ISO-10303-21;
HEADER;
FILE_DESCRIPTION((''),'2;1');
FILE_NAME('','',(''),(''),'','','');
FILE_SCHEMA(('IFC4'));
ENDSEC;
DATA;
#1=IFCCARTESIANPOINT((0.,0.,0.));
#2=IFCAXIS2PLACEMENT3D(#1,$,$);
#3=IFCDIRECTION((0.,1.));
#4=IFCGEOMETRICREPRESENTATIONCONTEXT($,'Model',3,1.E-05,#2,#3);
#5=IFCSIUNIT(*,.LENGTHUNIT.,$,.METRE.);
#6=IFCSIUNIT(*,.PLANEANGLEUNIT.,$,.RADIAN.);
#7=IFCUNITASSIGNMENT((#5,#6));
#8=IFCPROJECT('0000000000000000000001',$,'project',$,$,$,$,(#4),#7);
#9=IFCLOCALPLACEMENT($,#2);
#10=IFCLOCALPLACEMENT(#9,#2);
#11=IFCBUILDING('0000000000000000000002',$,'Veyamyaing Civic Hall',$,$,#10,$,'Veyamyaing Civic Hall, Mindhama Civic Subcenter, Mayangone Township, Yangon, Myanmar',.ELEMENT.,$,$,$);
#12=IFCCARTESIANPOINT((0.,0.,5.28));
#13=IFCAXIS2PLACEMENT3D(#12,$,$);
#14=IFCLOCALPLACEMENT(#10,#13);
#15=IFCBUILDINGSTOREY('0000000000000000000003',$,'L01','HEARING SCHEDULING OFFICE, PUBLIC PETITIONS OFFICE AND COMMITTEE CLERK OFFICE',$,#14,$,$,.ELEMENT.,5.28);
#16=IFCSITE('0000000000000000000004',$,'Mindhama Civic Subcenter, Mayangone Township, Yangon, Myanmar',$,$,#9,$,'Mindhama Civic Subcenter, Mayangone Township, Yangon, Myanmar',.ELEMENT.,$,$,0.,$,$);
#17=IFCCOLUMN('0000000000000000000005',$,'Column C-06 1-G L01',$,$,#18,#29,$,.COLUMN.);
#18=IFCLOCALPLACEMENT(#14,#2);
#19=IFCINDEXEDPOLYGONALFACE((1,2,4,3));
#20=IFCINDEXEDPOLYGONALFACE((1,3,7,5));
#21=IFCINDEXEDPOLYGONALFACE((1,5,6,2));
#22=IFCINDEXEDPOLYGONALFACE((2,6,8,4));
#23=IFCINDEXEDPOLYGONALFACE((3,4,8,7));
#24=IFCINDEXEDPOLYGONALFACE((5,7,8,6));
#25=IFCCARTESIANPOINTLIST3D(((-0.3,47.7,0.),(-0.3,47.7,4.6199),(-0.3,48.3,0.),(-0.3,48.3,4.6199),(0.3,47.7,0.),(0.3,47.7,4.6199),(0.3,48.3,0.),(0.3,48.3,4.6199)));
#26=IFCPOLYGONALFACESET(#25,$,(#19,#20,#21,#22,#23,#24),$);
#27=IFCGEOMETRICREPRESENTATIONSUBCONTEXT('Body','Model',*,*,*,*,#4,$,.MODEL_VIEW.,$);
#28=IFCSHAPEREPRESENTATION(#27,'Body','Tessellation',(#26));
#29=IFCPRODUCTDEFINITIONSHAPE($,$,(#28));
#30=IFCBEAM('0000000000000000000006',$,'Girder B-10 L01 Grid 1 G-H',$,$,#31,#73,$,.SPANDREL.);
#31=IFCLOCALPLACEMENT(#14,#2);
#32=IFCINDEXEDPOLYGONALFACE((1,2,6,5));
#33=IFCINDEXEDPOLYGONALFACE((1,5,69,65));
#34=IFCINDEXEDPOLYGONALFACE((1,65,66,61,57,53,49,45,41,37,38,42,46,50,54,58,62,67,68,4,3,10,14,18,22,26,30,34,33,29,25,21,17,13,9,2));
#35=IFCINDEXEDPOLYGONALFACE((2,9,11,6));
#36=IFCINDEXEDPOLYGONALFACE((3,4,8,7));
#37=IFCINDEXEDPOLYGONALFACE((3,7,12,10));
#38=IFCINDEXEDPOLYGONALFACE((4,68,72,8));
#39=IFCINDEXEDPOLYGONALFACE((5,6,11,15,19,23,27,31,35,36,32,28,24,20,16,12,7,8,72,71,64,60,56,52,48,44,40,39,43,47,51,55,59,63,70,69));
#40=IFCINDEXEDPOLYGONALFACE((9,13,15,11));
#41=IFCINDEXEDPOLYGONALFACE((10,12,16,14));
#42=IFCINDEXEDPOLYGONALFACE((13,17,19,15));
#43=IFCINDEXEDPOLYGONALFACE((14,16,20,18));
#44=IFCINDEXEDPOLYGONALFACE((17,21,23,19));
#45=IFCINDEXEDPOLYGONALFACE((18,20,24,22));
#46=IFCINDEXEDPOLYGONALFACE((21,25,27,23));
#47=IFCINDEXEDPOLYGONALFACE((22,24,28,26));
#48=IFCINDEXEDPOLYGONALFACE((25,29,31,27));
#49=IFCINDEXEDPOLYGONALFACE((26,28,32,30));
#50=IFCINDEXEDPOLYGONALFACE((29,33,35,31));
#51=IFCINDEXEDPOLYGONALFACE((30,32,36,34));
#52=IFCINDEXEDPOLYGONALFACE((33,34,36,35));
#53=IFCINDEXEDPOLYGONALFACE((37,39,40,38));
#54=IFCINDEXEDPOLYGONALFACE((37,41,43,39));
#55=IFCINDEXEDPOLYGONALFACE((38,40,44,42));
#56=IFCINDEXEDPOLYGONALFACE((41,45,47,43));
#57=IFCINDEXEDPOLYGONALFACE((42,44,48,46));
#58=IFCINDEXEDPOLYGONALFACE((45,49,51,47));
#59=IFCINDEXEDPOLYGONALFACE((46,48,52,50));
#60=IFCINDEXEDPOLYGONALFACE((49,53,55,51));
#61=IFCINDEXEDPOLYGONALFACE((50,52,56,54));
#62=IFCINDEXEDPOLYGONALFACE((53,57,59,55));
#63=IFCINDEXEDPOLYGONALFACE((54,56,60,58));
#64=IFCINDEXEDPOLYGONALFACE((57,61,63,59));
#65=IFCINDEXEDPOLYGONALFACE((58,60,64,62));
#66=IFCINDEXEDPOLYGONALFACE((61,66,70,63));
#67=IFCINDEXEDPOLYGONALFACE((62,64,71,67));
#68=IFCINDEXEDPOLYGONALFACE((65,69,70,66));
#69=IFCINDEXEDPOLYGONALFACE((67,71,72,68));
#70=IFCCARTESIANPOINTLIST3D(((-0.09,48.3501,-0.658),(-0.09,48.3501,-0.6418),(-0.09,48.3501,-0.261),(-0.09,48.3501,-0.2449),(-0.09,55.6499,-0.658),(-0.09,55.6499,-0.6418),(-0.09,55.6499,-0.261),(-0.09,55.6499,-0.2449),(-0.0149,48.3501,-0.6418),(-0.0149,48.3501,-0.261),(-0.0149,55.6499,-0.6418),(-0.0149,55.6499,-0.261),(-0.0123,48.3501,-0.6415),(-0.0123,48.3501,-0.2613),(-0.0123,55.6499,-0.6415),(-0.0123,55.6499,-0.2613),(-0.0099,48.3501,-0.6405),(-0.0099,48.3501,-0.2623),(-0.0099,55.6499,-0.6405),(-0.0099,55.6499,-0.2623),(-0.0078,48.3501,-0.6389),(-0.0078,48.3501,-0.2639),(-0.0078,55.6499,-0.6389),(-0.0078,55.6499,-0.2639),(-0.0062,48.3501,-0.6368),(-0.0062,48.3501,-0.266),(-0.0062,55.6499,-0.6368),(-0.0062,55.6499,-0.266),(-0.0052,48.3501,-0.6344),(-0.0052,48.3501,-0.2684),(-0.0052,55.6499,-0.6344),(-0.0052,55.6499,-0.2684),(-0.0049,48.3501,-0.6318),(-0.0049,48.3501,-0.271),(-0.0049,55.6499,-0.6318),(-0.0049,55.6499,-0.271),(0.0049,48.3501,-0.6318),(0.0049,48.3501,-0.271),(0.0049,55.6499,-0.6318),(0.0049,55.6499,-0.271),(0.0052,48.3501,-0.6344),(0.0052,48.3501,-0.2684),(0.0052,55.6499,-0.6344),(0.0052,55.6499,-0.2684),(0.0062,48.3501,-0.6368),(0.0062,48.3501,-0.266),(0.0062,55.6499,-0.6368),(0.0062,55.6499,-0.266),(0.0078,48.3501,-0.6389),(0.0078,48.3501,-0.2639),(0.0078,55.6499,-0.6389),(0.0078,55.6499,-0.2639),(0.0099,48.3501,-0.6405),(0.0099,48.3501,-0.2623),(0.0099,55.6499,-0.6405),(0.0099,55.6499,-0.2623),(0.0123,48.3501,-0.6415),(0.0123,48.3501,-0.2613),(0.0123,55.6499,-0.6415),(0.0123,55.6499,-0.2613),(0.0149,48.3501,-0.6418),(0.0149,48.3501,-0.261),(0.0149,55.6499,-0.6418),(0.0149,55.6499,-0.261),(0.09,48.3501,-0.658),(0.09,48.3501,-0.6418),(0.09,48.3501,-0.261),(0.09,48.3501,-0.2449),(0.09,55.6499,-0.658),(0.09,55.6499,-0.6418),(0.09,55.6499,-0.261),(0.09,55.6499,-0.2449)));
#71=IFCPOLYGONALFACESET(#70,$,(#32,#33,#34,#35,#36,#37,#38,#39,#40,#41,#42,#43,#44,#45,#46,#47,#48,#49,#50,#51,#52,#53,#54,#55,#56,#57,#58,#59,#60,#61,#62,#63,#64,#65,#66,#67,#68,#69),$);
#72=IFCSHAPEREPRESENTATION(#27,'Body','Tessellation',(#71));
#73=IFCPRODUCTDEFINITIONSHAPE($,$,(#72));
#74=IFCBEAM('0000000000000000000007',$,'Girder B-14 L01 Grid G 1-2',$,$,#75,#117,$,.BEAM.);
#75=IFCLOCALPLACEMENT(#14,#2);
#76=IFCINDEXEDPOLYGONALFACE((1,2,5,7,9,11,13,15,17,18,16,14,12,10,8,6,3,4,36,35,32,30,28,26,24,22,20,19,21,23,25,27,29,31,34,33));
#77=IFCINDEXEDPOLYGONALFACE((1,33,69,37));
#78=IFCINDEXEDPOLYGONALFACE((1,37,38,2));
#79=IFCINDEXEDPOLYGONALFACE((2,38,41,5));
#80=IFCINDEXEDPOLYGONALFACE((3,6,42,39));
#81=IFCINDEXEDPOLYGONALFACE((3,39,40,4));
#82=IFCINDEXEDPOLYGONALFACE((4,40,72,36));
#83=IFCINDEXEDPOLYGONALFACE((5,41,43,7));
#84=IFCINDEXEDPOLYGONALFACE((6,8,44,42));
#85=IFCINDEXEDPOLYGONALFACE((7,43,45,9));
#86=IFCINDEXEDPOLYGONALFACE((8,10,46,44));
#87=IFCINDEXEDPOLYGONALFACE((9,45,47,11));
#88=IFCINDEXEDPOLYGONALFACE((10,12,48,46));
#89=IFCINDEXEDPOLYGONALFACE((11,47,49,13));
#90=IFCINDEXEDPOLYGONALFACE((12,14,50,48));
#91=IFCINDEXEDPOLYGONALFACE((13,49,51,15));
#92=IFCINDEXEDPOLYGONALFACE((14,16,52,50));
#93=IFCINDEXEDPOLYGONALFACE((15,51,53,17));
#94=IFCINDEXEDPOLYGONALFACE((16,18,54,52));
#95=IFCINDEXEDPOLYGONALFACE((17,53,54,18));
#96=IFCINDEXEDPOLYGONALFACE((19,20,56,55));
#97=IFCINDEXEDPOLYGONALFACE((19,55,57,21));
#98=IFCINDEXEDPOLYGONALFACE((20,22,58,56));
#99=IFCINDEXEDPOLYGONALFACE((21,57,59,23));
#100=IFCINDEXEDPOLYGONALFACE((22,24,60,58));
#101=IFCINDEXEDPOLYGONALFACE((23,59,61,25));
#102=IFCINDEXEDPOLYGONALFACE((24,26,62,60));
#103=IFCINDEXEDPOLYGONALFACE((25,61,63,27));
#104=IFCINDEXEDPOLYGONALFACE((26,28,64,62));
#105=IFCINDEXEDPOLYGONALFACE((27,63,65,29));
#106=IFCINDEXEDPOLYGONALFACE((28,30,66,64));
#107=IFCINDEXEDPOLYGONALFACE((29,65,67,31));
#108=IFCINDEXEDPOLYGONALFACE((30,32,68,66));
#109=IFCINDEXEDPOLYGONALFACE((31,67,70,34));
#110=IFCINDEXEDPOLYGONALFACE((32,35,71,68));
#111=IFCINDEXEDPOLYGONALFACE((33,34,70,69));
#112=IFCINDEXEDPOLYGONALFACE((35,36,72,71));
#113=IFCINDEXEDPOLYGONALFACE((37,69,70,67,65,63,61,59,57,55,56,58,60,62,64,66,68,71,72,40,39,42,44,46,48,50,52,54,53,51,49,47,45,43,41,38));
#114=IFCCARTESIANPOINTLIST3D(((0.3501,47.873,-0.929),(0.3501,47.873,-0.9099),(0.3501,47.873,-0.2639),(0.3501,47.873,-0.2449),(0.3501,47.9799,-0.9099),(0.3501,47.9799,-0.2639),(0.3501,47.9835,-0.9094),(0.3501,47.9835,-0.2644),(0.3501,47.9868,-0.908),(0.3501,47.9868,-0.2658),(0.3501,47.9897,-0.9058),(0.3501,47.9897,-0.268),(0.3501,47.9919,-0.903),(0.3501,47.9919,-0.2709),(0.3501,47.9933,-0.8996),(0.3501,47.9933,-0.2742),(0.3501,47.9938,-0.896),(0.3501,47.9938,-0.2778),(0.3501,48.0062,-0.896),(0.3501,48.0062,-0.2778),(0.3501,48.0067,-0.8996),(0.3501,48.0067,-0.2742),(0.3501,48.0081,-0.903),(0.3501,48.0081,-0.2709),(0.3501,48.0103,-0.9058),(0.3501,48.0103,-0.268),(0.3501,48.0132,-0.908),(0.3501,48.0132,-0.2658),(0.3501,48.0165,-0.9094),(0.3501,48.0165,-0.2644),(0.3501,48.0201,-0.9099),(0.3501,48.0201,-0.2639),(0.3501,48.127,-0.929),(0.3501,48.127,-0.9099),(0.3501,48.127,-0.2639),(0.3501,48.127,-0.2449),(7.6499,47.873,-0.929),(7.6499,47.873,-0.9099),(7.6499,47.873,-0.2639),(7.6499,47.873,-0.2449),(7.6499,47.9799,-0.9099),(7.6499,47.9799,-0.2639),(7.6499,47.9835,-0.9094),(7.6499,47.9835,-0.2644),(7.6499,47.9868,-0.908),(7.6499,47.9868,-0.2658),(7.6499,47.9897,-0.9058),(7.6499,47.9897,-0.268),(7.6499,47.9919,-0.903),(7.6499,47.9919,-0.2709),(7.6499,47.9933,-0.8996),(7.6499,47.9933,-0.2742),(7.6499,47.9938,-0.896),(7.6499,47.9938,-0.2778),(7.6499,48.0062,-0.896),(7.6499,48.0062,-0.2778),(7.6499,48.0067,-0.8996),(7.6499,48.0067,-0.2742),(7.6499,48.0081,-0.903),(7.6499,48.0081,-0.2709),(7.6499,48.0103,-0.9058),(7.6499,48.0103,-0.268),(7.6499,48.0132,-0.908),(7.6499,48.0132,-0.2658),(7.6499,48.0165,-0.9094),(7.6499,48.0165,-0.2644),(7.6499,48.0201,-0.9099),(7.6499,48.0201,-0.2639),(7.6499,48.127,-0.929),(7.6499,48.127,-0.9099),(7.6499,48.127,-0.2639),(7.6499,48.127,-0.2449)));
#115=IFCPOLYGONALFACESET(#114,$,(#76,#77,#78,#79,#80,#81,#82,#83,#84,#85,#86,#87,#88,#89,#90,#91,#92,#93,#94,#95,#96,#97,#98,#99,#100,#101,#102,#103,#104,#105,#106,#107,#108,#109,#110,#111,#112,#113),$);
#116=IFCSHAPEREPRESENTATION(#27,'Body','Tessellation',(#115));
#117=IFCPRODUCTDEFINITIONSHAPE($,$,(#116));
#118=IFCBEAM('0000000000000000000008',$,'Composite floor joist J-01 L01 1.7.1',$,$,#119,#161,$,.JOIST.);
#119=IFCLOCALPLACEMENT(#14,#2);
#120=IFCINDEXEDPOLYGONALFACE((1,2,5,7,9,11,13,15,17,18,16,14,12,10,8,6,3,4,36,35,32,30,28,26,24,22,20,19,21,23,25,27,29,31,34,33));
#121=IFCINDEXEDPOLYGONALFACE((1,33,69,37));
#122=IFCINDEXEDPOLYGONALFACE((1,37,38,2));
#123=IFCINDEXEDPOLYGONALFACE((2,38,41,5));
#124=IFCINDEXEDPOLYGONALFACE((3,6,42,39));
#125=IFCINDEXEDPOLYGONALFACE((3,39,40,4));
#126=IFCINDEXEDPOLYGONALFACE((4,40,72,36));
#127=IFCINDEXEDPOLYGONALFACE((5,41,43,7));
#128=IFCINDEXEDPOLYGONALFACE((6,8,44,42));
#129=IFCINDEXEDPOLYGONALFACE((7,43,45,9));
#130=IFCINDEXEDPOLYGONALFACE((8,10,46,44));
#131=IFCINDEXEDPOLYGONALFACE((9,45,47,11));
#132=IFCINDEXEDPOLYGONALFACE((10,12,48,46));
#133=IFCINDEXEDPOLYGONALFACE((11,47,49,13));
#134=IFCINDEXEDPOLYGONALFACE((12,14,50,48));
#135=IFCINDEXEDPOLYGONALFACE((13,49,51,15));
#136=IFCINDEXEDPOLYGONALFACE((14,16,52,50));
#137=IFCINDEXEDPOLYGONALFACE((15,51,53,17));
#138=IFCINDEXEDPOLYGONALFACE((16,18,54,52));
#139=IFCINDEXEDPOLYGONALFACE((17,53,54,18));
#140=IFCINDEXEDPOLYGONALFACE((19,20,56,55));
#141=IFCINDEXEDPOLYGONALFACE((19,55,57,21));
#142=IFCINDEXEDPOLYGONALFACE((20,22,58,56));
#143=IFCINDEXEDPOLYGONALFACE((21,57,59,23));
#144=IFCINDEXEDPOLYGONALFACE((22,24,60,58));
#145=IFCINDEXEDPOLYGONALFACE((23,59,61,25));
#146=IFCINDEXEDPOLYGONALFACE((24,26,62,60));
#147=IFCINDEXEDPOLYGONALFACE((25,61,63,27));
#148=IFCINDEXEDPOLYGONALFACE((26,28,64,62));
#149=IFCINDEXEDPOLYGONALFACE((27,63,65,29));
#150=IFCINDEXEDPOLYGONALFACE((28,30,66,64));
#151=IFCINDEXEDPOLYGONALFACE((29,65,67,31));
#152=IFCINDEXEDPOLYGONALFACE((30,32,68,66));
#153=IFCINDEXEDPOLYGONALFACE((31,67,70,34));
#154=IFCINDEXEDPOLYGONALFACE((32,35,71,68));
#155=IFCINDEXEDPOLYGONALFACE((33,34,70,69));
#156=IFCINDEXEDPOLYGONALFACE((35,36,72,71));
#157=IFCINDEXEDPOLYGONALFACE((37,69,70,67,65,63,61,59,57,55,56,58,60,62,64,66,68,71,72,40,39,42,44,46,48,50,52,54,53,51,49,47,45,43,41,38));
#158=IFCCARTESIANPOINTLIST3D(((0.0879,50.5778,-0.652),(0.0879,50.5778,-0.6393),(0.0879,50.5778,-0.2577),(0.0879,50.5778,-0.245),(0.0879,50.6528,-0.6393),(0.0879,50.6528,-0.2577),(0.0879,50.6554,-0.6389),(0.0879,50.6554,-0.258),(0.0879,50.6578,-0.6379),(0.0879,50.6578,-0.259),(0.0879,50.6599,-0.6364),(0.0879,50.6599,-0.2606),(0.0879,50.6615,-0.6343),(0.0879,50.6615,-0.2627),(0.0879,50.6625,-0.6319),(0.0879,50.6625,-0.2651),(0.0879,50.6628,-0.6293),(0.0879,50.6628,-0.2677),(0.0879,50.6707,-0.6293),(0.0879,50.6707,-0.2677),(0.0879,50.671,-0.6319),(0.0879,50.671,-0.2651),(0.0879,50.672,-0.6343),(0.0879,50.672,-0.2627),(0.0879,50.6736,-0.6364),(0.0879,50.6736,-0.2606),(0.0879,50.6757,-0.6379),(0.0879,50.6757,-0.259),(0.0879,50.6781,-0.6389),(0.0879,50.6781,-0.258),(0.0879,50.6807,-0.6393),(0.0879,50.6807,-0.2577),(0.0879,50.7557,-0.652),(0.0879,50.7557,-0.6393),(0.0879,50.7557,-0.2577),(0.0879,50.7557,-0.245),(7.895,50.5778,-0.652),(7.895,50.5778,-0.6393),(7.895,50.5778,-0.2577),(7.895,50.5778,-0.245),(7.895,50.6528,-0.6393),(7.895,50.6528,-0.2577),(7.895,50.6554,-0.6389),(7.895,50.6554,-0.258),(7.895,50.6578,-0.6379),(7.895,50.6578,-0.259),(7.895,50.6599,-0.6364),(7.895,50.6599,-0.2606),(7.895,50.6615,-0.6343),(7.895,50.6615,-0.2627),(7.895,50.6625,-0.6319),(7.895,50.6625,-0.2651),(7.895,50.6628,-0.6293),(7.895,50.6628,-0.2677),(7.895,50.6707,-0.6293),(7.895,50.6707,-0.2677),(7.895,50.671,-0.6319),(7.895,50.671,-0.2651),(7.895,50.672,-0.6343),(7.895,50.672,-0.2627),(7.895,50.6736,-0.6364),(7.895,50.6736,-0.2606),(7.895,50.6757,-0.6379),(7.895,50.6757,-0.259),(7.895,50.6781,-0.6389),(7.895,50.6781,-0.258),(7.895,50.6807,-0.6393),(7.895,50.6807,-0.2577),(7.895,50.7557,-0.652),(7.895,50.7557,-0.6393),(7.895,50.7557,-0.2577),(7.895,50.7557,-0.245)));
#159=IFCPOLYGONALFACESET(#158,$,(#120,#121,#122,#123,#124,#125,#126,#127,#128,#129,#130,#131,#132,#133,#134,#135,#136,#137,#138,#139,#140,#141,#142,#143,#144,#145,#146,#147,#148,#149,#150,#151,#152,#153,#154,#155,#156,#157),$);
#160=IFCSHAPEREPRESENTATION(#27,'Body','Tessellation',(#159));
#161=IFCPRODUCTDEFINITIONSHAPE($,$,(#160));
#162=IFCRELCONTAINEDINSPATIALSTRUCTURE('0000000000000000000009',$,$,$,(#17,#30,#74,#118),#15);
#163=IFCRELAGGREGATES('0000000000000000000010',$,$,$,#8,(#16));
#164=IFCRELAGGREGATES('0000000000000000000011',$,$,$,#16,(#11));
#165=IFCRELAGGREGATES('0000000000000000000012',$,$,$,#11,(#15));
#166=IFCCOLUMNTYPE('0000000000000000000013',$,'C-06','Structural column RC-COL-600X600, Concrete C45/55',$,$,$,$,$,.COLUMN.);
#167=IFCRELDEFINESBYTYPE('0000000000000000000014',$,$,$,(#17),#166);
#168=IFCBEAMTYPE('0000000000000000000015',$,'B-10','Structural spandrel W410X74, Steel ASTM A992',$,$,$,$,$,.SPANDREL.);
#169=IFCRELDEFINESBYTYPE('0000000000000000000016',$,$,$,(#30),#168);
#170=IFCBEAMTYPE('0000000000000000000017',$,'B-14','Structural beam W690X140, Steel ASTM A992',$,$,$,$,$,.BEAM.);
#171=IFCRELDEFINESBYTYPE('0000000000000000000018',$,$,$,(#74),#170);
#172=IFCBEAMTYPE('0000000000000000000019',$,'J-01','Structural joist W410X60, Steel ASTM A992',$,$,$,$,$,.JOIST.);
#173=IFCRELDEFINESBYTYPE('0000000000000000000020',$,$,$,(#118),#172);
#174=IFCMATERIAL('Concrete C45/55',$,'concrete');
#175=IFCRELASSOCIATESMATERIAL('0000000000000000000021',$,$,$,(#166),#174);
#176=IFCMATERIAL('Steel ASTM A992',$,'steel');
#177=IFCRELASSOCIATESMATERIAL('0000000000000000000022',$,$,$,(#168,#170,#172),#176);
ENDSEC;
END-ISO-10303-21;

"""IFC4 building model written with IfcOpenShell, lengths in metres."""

from ifc_helpers import new_model, si_unit, direction, frame, origin, origin_2d, place, context, subcontext, project, spatial, rectangle, i_section, extrude, material, material_profile, profile_set, type_object, element, save


model = new_model("IFC4")

# Units and contexts
model_context = context("Model", 3, precision=1e-05, world=origin(), true_north=direction((0.0, 1.0)))
body_context = subcontext(model_context, "Body", "Model", "MODEL_VIEW")
ifc_project = project(units=[si_unit("LENGTHUNIT", "METRE"), si_unit("PLANEANGLEUNIT", "RADIAN")], contexts=[model_context])

# Site, building, storey
site_placement = place(None, origin())
site = spatial("IfcSite", under=ifc_project, at=site_placement, Name="Mindhama Civic Subcenter, Mayangone Township, Yangon, Myanmar", LongName="Mindhama Civic Subcenter, Mayangone Township, Yangon, Myanmar", CompositionType="ELEMENT", RefElevation=0.0)
building_placement = place(site_placement, origin())
building = spatial("IfcBuilding", under=site, at=building_placement, Name="Veyamyaing Civic Hall", LongName="Veyamyaing Civic Hall, Mindhama Civic Subcenter, Mayangone Township, Yangon, Myanmar", CompositionType="ELEMENT")
storey_placement = place(building_placement, frame((0.0, 0.0, 5.28)))
storey = spatial("IfcBuildingStorey", under=building, at=storey_placement, Name="L01", Description="HEARING SCHEDULING OFFICE, PUBLIC PETITIONS OFFICE AND COMMITTEE CLERK OFFICE", CompositionType="ELEMENT", Elevation=5.28)

# Column
ifc_material_1 = material(Name="Concrete C45/55", Category="concrete")
ifc_material_profile_1 = material_profile(ifc_material_1, rectangle(XDim=0.6001, YDim=0.6001, at=origin_2d()), Name="RC-COL-600X600")
ifc_profile_set_1 = profile_set([ifc_material_profile_1], Name="Concrete C45/55")
column_type = type_object("IfcColumnType", Name="C-06", Description="Structural column RC-COL-600X600, Concrete C45/55", PredefinedType="COLUMN", material=ifc_profile_set_1)
column_placement = place(storey_placement, frame((0.0, 48.0, 0.0), z_axis=(0.0, 0.0, 1.0), x_axis=(1.0, 0.0, 0.0)))
element("IfcColumn", 1, at=column_placement, inside=storey, type_object=column_type, Name="Column C-06 1-G L01", PredefinedType="COLUMN", context=body_context, shape_type="SweptSolid", body=[
    extrude(rectangle(XDim=0.6001, YDim=0.6001, at=origin_2d()), origin(), (0.0, 0.0, 1.0), 4.6199),
])

# Beams
ifc_material_2 = material(Name="Steel ASTM A992", Category="steel")
ifc_material_profile_2 = material_profile(ifc_material_2, i_section(OverallWidth=0.1799, OverallDepth=0.4131, WebThickness=0.0098, FlangeThickness=0.0161, FilletRadius=0.01, at=origin_2d()), Name="W410X74")
ifc_profile_set_2 = profile_set([ifc_material_profile_2], Name="Steel ASTM A992")
beam_type_1 = type_object("IfcBeamType", Name="B-10", Description="Structural spandrel W410X74, Steel ASTM A992", PredefinedType="SPANDREL", material=ifc_profile_set_2)
beam_1_placement = place(storey_placement, frame((0.0, 48.3501, -0.4514), z_axis=(0.0, 1.0, 0.0), x_axis=(-1.0, 0.0, 0.0)))
element("IfcBeam", 2, at=beam_1_placement, inside=storey, type_object=beam_type_1, Name="Girder B-10 L01 Grid 1 G-H", PredefinedType="SPANDREL", context=body_context, shape_type="SweptSolid", body=[
    extrude(i_section(OverallWidth=0.1799, OverallDepth=0.4131, WebThickness=0.0098, FlangeThickness=0.0161, FilletRadius=0.01, at=origin_2d()), origin(), (0.0, 0.0, 1.0), 7.2998),
])
ifc_material_profile_3 = material_profile(ifc_material_2, i_section(OverallWidth=0.2539, OverallDepth=0.6841, WebThickness=0.0125, FlangeThickness=0.019, FilletRadius=0.0139, at=origin_2d()), Name="W690X140")
ifc_profile_set_3 = profile_set([ifc_material_profile_3], Name="Steel ASTM A992")
beam_type_2 = type_object("IfcBeamType", Name="B-14", Description="Structural beam W690X140, Steel ASTM A992", PredefinedType="BEAM", material=ifc_profile_set_3)
beam_2_placement = place(storey_placement, frame((0.3501, 48.0, -0.5869), z_axis=(1.0, 0.0, 0.0), x_axis=(0.0, 1.0, 0.0)))
element("IfcBeam", 3, at=beam_2_placement, inside=storey, type_object=beam_type_2, Name="Girder B-14 L01 Grid G 1-2", PredefinedType="BEAM", context=body_context, shape_type="SweptSolid", body=[
    extrude(i_section(OverallWidth=0.2539, OverallDepth=0.6841, WebThickness=0.0125, FlangeThickness=0.019, FilletRadius=0.0139, at=origin_2d()), origin(), (0.0, 0.0, 1.0), 7.2998),
])
ifc_material_profile_4 = material_profile(ifc_material_2, i_section(OverallWidth=0.178, OverallDepth=0.407, WebThickness=0.0078, FlangeThickness=0.0127, FilletRadius=0.01, at=origin_2d()), Name="W410X60")
ifc_profile_set_4 = profile_set([ifc_material_profile_4], Name="Steel ASTM A992")
beam_type_3 = type_object("IfcBeamType", Name="J-01", Description="Structural joist W410X60, Steel ASTM A992", PredefinedType="JOIST", material=ifc_profile_set_4)
beam_3_placement = place(storey_placement, frame((0.0879, 50.6667, -0.4485), z_axis=(1.0, 0.0, 0.0), x_axis=(0.0, 1.0, 0.0)))
element("IfcBeam", 4, at=beam_3_placement, inside=storey, type_object=beam_type_3, Name="Composite floor joist J-01 L01 1.7.1", PredefinedType="JOIST", context=body_context, shape_type="SweptSolid", body=[
    extrude(i_section(OverallWidth=0.178, OverallDepth=0.407, WebThickness=0.0078, FlangeThickness=0.0127, FilletRadius=0.01, at=origin_2d()), origin(), (0.0, 0.0, 1.0), 7.8071),
])

save(model, "model.ifc")
